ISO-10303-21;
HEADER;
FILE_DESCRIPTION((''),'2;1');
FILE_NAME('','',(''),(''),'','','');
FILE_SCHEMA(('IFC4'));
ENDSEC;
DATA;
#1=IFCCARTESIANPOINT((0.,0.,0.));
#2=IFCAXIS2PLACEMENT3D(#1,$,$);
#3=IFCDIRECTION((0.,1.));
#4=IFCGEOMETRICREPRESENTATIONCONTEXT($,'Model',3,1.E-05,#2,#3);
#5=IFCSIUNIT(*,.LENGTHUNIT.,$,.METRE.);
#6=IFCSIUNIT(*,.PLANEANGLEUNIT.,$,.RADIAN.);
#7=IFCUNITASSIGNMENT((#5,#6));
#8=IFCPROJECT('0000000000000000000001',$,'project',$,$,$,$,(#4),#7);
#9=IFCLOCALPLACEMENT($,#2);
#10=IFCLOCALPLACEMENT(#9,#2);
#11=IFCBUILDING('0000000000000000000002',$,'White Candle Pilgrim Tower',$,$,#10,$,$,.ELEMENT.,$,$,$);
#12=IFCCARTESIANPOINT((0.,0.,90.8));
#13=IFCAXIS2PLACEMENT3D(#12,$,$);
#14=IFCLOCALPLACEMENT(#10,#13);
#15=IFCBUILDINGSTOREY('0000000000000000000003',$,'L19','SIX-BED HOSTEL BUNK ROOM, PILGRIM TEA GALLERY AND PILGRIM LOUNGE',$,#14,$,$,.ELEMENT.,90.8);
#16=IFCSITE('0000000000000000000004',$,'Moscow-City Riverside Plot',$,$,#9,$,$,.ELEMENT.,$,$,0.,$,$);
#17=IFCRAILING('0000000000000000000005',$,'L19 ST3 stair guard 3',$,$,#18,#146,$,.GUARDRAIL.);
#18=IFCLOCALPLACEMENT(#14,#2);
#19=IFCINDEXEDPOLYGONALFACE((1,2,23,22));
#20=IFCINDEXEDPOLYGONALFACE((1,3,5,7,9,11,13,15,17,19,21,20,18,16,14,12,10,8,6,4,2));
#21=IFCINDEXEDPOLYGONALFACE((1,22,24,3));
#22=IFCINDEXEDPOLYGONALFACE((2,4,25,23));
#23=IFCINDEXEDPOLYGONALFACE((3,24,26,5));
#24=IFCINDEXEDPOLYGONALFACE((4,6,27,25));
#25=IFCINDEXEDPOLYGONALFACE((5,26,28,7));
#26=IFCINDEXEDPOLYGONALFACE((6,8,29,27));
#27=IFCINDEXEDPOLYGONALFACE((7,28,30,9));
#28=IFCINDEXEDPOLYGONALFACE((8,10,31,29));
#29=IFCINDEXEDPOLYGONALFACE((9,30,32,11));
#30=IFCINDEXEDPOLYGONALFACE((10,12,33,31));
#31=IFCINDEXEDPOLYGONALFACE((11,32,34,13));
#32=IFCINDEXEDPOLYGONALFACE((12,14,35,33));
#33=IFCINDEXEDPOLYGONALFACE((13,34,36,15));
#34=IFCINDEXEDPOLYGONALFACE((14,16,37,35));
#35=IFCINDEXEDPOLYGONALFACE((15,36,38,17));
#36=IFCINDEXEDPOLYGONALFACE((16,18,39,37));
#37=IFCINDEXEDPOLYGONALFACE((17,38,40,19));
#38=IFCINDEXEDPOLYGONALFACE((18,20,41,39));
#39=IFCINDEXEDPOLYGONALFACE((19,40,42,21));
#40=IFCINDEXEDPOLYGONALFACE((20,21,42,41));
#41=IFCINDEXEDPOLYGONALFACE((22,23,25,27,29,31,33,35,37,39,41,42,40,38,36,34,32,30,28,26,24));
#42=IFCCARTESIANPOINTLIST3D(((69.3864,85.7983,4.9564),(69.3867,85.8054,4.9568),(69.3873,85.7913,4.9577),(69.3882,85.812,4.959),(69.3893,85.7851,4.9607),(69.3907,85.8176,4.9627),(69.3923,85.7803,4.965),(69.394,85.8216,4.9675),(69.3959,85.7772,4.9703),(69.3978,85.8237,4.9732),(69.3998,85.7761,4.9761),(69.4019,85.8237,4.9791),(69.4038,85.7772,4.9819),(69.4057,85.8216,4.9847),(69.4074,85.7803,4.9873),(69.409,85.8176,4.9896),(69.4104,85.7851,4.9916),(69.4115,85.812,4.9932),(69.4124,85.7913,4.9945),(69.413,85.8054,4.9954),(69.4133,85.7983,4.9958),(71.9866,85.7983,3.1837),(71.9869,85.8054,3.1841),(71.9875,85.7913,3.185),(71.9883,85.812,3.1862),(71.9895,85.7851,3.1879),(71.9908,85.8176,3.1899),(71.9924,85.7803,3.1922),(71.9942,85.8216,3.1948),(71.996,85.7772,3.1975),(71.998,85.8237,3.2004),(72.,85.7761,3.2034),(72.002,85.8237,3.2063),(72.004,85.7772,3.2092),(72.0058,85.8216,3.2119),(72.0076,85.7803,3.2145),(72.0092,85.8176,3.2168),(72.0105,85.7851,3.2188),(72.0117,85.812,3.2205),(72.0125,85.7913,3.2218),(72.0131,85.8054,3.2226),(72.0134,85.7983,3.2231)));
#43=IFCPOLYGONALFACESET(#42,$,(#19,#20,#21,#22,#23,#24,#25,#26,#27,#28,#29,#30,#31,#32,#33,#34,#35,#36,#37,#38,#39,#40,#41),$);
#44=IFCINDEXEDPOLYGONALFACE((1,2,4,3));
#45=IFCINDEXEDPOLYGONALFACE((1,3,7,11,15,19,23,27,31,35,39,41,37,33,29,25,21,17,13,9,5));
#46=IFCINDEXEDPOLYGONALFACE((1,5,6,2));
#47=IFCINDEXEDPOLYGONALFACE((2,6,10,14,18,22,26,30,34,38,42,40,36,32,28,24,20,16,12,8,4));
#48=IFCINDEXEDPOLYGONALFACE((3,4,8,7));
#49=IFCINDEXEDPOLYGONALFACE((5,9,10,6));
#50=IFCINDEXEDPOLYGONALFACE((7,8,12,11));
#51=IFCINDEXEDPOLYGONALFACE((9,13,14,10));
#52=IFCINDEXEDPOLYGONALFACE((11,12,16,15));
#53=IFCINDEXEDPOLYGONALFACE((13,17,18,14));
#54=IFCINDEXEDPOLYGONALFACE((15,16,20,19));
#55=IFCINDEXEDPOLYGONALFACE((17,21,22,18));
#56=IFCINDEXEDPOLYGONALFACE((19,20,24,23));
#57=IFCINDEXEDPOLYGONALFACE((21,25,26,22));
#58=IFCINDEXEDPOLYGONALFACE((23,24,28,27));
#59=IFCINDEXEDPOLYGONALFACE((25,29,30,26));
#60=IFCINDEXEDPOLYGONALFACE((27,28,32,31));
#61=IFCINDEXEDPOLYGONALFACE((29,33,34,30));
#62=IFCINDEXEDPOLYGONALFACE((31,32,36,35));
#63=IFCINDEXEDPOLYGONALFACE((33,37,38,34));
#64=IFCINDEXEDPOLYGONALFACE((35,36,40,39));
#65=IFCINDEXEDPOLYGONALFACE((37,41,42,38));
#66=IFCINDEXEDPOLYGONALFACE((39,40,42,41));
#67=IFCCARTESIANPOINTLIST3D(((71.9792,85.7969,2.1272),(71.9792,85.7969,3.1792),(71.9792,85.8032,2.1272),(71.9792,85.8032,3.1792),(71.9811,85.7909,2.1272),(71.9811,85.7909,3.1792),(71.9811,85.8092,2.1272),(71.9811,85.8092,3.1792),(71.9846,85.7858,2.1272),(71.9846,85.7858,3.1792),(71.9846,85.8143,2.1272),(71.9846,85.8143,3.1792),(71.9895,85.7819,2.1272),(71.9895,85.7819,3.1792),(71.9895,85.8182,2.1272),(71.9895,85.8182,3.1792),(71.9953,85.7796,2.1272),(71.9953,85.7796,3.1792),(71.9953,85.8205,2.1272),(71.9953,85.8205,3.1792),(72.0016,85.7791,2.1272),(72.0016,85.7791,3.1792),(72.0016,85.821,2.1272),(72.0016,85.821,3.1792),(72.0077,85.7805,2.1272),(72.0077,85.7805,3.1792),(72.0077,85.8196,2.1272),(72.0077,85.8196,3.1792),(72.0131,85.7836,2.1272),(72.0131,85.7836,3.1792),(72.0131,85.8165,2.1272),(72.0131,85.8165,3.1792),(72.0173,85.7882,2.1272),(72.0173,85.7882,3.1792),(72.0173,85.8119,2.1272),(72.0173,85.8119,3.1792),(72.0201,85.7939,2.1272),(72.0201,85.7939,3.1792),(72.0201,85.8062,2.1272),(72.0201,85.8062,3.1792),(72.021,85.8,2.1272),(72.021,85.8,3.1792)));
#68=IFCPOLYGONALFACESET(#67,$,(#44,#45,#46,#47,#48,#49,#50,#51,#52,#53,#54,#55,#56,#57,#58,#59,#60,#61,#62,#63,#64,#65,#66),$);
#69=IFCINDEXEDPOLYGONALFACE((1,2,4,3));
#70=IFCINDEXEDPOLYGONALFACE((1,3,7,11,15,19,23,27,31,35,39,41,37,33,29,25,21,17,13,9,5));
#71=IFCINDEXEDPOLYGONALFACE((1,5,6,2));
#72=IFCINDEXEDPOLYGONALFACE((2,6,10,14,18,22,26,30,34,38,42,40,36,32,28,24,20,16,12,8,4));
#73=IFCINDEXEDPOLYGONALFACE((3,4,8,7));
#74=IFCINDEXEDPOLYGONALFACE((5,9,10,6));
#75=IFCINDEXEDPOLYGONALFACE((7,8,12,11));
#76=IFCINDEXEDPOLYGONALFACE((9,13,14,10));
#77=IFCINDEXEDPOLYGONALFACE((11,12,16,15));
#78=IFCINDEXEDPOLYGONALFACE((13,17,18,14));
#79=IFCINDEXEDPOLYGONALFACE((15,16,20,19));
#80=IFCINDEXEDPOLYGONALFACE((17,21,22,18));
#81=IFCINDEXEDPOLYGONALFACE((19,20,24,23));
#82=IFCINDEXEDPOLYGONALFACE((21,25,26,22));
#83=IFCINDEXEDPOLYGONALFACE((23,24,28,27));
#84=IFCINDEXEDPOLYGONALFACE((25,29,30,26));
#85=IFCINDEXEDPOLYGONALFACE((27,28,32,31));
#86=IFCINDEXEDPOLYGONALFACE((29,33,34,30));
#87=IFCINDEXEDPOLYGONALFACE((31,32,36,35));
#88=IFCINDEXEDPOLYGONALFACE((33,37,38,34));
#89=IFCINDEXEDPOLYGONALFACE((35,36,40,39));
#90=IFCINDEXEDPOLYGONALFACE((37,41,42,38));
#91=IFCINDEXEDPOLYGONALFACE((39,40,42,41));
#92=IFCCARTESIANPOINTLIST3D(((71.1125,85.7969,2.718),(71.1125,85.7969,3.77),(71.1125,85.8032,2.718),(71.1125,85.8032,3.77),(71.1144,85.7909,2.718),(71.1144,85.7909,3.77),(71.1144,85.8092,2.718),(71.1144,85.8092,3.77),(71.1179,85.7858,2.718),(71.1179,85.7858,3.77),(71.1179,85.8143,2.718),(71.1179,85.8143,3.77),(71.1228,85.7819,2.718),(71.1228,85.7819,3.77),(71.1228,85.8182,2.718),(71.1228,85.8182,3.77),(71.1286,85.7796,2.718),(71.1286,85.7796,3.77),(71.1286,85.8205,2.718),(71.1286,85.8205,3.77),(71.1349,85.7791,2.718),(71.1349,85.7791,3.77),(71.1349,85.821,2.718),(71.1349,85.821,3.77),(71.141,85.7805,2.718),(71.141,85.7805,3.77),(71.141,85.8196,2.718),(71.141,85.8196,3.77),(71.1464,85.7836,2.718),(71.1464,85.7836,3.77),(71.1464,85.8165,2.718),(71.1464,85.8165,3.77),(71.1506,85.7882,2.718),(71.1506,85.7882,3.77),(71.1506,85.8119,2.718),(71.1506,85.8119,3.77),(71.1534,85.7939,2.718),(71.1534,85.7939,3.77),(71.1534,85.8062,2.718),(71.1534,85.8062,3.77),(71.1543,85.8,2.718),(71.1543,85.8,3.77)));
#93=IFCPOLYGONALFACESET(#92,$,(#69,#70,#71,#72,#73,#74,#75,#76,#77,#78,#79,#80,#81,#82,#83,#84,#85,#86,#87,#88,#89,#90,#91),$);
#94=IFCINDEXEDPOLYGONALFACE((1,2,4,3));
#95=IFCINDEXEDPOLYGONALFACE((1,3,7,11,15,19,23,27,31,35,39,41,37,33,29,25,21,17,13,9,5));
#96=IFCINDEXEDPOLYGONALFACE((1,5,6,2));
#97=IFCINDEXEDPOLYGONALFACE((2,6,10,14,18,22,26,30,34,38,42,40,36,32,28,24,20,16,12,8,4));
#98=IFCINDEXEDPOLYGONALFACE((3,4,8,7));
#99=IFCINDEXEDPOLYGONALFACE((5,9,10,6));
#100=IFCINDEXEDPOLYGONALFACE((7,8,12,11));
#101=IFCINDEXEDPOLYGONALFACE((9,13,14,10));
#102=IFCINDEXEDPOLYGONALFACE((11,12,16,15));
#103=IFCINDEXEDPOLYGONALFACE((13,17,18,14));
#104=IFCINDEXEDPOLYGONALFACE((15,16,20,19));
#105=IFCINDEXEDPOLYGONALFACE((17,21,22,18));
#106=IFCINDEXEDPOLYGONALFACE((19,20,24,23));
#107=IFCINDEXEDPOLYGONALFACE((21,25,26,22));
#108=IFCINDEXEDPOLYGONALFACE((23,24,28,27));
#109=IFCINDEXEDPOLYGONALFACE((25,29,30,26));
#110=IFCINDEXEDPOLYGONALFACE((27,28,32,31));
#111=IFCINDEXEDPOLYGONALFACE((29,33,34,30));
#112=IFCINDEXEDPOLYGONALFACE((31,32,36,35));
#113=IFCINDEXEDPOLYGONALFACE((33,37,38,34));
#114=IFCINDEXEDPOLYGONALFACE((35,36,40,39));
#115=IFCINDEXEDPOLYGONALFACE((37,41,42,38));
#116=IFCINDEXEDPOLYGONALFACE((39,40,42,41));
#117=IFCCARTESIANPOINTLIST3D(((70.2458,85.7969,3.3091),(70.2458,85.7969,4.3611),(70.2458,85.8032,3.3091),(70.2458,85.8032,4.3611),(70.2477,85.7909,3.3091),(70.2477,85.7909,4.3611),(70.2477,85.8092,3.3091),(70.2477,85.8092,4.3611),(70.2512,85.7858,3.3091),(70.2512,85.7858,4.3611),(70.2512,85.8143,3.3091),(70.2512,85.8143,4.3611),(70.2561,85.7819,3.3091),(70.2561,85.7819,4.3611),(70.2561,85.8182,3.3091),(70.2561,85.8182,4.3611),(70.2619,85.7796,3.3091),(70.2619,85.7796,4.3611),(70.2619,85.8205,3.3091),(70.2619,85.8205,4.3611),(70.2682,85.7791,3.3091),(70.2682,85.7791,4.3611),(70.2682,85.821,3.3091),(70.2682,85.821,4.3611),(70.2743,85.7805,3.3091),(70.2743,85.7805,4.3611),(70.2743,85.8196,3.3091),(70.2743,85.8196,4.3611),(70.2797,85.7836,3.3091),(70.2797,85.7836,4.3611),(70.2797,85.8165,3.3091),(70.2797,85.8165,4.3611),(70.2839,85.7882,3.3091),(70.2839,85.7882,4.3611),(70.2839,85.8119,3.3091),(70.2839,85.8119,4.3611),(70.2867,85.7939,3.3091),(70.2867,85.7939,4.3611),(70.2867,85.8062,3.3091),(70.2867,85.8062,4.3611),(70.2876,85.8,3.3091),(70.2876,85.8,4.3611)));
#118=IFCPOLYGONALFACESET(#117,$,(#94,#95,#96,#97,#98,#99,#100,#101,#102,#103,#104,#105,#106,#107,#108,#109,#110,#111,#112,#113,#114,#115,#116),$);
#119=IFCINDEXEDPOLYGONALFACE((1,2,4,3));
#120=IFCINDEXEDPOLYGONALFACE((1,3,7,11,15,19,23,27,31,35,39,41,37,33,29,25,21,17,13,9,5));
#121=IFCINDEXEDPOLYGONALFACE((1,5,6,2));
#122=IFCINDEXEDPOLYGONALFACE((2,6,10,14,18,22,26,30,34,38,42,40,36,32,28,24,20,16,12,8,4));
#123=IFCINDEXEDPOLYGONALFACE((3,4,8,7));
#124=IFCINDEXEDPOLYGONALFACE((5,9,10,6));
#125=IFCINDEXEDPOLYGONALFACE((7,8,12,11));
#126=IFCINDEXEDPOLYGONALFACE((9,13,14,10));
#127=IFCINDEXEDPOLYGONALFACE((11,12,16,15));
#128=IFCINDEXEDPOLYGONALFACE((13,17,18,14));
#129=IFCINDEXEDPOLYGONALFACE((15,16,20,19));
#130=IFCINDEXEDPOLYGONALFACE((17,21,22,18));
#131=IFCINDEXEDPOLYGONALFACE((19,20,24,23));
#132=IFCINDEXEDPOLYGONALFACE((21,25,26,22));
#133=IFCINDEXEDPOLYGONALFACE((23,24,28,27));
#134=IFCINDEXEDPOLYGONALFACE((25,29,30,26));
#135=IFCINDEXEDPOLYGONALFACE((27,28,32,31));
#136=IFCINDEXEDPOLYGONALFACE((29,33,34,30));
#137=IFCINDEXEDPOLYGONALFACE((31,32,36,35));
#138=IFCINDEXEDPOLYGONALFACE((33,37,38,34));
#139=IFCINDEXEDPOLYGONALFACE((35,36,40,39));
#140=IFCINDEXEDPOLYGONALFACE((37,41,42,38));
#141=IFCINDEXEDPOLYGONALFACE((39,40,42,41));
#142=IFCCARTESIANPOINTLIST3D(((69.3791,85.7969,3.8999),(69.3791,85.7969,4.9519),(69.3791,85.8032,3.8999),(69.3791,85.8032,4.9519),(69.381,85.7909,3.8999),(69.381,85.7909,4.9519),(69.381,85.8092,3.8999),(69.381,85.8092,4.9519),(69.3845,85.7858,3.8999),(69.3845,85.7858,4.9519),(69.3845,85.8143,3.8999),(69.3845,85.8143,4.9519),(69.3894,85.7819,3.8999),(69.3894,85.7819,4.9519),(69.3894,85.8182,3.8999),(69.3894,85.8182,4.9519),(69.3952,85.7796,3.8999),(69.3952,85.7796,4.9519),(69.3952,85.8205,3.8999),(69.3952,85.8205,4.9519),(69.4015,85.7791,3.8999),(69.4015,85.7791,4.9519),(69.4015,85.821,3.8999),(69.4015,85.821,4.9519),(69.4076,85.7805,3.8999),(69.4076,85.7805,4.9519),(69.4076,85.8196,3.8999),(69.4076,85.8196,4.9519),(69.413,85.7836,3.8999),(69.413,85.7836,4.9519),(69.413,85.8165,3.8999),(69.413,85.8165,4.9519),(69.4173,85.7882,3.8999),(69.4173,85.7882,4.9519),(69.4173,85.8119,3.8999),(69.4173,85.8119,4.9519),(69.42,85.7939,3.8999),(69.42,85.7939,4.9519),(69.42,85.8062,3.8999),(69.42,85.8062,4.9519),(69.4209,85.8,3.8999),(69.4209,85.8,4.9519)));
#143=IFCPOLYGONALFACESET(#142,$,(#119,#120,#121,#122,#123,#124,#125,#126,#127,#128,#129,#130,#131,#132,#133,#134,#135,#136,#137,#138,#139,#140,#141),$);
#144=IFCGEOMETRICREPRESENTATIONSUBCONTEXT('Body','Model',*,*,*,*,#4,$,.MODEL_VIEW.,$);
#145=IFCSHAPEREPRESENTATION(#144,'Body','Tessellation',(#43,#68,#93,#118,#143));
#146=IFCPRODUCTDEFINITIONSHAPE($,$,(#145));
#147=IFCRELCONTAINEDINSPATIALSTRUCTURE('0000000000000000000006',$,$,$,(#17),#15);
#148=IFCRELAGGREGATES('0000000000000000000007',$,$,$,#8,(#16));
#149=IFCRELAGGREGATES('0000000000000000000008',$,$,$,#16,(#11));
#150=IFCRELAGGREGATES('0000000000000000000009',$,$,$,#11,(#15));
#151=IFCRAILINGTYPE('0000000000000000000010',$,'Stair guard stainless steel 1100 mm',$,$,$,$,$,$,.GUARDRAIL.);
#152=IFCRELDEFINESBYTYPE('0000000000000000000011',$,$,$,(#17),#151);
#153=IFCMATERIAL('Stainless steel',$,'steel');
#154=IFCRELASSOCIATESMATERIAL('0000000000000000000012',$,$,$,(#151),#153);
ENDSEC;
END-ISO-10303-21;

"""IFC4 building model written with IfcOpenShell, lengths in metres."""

from ifc_helpers import new_model, si_unit, direction, frame, origin, origin_2d, place, context, subcontext, project, spatial, circle, extrude, material, type_object, element, save


model = new_model("IFC4")

# Units and contexts
model_context = context("Model", 3, precision=1e-05, world=origin(), true_north=direction((0.0, 1.0)))
body_context = subcontext(model_context, "Body", "Model", "MODEL_VIEW")
ifc_project = project(units=[si_unit("LENGTHUNIT", "METRE"), si_unit("PLANEANGLEUNIT", "RADIAN")], contexts=[model_context])

# Site, building, storey
site_placement = place(None, origin())
site = spatial("IfcSite", under=ifc_project, at=site_placement, Name="Moscow-City Riverside Plot", CompositionType="ELEMENT", RefElevation=0.0)
building_placement = place(site_placement, origin())
building = spatial("IfcBuilding", under=site, at=building_placement, Name="White Candle Pilgrim Tower", CompositionType="ELEMENT")
storey_placement = place(building_placement, frame((0.0, 0.0, 90.8)))
storey = spatial("IfcBuildingStorey", under=building, at=storey_placement, Name="L19", Description="SIX-BED HOSTEL BUNK ROOM, PILGRIM TEA GALLERY AND PILGRIM LOUNGE", CompositionType="ELEMENT", Elevation=90.8)

# Railing
ifc_material_1 = material(Name="Stainless steel", Category="steel")
railing_type_1 = type_object("IfcRailingType", Name="Stair guard stainless steel 1100 mm", PredefinedType="GUARDRAIL", material=ifc_material_1)
railing_1_placement = place(storey_placement, frame((72.0, 85.8, 2.1272)))
element("IfcRailing", 1, at=railing_1_placement, inside=storey, type_object=railing_type_1, Name="L19 ST3 stair guard 3", PredefinedType="GUARDRAIL", context=body_context, shape_type="SweptSolid", body=[
    extrude(circle(Radius=0.0239, at=origin_2d()), frame((0.0, 0.0, 1.0762), z_axis=(-0.82624, 0.0, 0.563318), x_axis=(0.0, -1.0, 0.0)), (0.0, 0.0, 1.0), 3.147),
    extrude(circle(Radius=0.021, at=origin_2d()), origin(), (0.0, 0.0, 1.0), 1.052),
    extrude(circle(Radius=0.021, at=origin_2d()), frame((-0.8667, 0.0, 0.5908)), (0.0, 0.0, 1.0), 1.052),
    extrude(circle(Radius=0.021, at=origin_2d()), frame((-1.7334, 0.0, 1.1819)), (0.0, 0.0, 1.0), 1.052),
    extrude(circle(Radius=0.021, at=origin_2d()), frame((-2.6001, 0.0, 1.7727)), (0.0, 0.0, 1.0), 1.052),
])

save(model, "model.ifc")
